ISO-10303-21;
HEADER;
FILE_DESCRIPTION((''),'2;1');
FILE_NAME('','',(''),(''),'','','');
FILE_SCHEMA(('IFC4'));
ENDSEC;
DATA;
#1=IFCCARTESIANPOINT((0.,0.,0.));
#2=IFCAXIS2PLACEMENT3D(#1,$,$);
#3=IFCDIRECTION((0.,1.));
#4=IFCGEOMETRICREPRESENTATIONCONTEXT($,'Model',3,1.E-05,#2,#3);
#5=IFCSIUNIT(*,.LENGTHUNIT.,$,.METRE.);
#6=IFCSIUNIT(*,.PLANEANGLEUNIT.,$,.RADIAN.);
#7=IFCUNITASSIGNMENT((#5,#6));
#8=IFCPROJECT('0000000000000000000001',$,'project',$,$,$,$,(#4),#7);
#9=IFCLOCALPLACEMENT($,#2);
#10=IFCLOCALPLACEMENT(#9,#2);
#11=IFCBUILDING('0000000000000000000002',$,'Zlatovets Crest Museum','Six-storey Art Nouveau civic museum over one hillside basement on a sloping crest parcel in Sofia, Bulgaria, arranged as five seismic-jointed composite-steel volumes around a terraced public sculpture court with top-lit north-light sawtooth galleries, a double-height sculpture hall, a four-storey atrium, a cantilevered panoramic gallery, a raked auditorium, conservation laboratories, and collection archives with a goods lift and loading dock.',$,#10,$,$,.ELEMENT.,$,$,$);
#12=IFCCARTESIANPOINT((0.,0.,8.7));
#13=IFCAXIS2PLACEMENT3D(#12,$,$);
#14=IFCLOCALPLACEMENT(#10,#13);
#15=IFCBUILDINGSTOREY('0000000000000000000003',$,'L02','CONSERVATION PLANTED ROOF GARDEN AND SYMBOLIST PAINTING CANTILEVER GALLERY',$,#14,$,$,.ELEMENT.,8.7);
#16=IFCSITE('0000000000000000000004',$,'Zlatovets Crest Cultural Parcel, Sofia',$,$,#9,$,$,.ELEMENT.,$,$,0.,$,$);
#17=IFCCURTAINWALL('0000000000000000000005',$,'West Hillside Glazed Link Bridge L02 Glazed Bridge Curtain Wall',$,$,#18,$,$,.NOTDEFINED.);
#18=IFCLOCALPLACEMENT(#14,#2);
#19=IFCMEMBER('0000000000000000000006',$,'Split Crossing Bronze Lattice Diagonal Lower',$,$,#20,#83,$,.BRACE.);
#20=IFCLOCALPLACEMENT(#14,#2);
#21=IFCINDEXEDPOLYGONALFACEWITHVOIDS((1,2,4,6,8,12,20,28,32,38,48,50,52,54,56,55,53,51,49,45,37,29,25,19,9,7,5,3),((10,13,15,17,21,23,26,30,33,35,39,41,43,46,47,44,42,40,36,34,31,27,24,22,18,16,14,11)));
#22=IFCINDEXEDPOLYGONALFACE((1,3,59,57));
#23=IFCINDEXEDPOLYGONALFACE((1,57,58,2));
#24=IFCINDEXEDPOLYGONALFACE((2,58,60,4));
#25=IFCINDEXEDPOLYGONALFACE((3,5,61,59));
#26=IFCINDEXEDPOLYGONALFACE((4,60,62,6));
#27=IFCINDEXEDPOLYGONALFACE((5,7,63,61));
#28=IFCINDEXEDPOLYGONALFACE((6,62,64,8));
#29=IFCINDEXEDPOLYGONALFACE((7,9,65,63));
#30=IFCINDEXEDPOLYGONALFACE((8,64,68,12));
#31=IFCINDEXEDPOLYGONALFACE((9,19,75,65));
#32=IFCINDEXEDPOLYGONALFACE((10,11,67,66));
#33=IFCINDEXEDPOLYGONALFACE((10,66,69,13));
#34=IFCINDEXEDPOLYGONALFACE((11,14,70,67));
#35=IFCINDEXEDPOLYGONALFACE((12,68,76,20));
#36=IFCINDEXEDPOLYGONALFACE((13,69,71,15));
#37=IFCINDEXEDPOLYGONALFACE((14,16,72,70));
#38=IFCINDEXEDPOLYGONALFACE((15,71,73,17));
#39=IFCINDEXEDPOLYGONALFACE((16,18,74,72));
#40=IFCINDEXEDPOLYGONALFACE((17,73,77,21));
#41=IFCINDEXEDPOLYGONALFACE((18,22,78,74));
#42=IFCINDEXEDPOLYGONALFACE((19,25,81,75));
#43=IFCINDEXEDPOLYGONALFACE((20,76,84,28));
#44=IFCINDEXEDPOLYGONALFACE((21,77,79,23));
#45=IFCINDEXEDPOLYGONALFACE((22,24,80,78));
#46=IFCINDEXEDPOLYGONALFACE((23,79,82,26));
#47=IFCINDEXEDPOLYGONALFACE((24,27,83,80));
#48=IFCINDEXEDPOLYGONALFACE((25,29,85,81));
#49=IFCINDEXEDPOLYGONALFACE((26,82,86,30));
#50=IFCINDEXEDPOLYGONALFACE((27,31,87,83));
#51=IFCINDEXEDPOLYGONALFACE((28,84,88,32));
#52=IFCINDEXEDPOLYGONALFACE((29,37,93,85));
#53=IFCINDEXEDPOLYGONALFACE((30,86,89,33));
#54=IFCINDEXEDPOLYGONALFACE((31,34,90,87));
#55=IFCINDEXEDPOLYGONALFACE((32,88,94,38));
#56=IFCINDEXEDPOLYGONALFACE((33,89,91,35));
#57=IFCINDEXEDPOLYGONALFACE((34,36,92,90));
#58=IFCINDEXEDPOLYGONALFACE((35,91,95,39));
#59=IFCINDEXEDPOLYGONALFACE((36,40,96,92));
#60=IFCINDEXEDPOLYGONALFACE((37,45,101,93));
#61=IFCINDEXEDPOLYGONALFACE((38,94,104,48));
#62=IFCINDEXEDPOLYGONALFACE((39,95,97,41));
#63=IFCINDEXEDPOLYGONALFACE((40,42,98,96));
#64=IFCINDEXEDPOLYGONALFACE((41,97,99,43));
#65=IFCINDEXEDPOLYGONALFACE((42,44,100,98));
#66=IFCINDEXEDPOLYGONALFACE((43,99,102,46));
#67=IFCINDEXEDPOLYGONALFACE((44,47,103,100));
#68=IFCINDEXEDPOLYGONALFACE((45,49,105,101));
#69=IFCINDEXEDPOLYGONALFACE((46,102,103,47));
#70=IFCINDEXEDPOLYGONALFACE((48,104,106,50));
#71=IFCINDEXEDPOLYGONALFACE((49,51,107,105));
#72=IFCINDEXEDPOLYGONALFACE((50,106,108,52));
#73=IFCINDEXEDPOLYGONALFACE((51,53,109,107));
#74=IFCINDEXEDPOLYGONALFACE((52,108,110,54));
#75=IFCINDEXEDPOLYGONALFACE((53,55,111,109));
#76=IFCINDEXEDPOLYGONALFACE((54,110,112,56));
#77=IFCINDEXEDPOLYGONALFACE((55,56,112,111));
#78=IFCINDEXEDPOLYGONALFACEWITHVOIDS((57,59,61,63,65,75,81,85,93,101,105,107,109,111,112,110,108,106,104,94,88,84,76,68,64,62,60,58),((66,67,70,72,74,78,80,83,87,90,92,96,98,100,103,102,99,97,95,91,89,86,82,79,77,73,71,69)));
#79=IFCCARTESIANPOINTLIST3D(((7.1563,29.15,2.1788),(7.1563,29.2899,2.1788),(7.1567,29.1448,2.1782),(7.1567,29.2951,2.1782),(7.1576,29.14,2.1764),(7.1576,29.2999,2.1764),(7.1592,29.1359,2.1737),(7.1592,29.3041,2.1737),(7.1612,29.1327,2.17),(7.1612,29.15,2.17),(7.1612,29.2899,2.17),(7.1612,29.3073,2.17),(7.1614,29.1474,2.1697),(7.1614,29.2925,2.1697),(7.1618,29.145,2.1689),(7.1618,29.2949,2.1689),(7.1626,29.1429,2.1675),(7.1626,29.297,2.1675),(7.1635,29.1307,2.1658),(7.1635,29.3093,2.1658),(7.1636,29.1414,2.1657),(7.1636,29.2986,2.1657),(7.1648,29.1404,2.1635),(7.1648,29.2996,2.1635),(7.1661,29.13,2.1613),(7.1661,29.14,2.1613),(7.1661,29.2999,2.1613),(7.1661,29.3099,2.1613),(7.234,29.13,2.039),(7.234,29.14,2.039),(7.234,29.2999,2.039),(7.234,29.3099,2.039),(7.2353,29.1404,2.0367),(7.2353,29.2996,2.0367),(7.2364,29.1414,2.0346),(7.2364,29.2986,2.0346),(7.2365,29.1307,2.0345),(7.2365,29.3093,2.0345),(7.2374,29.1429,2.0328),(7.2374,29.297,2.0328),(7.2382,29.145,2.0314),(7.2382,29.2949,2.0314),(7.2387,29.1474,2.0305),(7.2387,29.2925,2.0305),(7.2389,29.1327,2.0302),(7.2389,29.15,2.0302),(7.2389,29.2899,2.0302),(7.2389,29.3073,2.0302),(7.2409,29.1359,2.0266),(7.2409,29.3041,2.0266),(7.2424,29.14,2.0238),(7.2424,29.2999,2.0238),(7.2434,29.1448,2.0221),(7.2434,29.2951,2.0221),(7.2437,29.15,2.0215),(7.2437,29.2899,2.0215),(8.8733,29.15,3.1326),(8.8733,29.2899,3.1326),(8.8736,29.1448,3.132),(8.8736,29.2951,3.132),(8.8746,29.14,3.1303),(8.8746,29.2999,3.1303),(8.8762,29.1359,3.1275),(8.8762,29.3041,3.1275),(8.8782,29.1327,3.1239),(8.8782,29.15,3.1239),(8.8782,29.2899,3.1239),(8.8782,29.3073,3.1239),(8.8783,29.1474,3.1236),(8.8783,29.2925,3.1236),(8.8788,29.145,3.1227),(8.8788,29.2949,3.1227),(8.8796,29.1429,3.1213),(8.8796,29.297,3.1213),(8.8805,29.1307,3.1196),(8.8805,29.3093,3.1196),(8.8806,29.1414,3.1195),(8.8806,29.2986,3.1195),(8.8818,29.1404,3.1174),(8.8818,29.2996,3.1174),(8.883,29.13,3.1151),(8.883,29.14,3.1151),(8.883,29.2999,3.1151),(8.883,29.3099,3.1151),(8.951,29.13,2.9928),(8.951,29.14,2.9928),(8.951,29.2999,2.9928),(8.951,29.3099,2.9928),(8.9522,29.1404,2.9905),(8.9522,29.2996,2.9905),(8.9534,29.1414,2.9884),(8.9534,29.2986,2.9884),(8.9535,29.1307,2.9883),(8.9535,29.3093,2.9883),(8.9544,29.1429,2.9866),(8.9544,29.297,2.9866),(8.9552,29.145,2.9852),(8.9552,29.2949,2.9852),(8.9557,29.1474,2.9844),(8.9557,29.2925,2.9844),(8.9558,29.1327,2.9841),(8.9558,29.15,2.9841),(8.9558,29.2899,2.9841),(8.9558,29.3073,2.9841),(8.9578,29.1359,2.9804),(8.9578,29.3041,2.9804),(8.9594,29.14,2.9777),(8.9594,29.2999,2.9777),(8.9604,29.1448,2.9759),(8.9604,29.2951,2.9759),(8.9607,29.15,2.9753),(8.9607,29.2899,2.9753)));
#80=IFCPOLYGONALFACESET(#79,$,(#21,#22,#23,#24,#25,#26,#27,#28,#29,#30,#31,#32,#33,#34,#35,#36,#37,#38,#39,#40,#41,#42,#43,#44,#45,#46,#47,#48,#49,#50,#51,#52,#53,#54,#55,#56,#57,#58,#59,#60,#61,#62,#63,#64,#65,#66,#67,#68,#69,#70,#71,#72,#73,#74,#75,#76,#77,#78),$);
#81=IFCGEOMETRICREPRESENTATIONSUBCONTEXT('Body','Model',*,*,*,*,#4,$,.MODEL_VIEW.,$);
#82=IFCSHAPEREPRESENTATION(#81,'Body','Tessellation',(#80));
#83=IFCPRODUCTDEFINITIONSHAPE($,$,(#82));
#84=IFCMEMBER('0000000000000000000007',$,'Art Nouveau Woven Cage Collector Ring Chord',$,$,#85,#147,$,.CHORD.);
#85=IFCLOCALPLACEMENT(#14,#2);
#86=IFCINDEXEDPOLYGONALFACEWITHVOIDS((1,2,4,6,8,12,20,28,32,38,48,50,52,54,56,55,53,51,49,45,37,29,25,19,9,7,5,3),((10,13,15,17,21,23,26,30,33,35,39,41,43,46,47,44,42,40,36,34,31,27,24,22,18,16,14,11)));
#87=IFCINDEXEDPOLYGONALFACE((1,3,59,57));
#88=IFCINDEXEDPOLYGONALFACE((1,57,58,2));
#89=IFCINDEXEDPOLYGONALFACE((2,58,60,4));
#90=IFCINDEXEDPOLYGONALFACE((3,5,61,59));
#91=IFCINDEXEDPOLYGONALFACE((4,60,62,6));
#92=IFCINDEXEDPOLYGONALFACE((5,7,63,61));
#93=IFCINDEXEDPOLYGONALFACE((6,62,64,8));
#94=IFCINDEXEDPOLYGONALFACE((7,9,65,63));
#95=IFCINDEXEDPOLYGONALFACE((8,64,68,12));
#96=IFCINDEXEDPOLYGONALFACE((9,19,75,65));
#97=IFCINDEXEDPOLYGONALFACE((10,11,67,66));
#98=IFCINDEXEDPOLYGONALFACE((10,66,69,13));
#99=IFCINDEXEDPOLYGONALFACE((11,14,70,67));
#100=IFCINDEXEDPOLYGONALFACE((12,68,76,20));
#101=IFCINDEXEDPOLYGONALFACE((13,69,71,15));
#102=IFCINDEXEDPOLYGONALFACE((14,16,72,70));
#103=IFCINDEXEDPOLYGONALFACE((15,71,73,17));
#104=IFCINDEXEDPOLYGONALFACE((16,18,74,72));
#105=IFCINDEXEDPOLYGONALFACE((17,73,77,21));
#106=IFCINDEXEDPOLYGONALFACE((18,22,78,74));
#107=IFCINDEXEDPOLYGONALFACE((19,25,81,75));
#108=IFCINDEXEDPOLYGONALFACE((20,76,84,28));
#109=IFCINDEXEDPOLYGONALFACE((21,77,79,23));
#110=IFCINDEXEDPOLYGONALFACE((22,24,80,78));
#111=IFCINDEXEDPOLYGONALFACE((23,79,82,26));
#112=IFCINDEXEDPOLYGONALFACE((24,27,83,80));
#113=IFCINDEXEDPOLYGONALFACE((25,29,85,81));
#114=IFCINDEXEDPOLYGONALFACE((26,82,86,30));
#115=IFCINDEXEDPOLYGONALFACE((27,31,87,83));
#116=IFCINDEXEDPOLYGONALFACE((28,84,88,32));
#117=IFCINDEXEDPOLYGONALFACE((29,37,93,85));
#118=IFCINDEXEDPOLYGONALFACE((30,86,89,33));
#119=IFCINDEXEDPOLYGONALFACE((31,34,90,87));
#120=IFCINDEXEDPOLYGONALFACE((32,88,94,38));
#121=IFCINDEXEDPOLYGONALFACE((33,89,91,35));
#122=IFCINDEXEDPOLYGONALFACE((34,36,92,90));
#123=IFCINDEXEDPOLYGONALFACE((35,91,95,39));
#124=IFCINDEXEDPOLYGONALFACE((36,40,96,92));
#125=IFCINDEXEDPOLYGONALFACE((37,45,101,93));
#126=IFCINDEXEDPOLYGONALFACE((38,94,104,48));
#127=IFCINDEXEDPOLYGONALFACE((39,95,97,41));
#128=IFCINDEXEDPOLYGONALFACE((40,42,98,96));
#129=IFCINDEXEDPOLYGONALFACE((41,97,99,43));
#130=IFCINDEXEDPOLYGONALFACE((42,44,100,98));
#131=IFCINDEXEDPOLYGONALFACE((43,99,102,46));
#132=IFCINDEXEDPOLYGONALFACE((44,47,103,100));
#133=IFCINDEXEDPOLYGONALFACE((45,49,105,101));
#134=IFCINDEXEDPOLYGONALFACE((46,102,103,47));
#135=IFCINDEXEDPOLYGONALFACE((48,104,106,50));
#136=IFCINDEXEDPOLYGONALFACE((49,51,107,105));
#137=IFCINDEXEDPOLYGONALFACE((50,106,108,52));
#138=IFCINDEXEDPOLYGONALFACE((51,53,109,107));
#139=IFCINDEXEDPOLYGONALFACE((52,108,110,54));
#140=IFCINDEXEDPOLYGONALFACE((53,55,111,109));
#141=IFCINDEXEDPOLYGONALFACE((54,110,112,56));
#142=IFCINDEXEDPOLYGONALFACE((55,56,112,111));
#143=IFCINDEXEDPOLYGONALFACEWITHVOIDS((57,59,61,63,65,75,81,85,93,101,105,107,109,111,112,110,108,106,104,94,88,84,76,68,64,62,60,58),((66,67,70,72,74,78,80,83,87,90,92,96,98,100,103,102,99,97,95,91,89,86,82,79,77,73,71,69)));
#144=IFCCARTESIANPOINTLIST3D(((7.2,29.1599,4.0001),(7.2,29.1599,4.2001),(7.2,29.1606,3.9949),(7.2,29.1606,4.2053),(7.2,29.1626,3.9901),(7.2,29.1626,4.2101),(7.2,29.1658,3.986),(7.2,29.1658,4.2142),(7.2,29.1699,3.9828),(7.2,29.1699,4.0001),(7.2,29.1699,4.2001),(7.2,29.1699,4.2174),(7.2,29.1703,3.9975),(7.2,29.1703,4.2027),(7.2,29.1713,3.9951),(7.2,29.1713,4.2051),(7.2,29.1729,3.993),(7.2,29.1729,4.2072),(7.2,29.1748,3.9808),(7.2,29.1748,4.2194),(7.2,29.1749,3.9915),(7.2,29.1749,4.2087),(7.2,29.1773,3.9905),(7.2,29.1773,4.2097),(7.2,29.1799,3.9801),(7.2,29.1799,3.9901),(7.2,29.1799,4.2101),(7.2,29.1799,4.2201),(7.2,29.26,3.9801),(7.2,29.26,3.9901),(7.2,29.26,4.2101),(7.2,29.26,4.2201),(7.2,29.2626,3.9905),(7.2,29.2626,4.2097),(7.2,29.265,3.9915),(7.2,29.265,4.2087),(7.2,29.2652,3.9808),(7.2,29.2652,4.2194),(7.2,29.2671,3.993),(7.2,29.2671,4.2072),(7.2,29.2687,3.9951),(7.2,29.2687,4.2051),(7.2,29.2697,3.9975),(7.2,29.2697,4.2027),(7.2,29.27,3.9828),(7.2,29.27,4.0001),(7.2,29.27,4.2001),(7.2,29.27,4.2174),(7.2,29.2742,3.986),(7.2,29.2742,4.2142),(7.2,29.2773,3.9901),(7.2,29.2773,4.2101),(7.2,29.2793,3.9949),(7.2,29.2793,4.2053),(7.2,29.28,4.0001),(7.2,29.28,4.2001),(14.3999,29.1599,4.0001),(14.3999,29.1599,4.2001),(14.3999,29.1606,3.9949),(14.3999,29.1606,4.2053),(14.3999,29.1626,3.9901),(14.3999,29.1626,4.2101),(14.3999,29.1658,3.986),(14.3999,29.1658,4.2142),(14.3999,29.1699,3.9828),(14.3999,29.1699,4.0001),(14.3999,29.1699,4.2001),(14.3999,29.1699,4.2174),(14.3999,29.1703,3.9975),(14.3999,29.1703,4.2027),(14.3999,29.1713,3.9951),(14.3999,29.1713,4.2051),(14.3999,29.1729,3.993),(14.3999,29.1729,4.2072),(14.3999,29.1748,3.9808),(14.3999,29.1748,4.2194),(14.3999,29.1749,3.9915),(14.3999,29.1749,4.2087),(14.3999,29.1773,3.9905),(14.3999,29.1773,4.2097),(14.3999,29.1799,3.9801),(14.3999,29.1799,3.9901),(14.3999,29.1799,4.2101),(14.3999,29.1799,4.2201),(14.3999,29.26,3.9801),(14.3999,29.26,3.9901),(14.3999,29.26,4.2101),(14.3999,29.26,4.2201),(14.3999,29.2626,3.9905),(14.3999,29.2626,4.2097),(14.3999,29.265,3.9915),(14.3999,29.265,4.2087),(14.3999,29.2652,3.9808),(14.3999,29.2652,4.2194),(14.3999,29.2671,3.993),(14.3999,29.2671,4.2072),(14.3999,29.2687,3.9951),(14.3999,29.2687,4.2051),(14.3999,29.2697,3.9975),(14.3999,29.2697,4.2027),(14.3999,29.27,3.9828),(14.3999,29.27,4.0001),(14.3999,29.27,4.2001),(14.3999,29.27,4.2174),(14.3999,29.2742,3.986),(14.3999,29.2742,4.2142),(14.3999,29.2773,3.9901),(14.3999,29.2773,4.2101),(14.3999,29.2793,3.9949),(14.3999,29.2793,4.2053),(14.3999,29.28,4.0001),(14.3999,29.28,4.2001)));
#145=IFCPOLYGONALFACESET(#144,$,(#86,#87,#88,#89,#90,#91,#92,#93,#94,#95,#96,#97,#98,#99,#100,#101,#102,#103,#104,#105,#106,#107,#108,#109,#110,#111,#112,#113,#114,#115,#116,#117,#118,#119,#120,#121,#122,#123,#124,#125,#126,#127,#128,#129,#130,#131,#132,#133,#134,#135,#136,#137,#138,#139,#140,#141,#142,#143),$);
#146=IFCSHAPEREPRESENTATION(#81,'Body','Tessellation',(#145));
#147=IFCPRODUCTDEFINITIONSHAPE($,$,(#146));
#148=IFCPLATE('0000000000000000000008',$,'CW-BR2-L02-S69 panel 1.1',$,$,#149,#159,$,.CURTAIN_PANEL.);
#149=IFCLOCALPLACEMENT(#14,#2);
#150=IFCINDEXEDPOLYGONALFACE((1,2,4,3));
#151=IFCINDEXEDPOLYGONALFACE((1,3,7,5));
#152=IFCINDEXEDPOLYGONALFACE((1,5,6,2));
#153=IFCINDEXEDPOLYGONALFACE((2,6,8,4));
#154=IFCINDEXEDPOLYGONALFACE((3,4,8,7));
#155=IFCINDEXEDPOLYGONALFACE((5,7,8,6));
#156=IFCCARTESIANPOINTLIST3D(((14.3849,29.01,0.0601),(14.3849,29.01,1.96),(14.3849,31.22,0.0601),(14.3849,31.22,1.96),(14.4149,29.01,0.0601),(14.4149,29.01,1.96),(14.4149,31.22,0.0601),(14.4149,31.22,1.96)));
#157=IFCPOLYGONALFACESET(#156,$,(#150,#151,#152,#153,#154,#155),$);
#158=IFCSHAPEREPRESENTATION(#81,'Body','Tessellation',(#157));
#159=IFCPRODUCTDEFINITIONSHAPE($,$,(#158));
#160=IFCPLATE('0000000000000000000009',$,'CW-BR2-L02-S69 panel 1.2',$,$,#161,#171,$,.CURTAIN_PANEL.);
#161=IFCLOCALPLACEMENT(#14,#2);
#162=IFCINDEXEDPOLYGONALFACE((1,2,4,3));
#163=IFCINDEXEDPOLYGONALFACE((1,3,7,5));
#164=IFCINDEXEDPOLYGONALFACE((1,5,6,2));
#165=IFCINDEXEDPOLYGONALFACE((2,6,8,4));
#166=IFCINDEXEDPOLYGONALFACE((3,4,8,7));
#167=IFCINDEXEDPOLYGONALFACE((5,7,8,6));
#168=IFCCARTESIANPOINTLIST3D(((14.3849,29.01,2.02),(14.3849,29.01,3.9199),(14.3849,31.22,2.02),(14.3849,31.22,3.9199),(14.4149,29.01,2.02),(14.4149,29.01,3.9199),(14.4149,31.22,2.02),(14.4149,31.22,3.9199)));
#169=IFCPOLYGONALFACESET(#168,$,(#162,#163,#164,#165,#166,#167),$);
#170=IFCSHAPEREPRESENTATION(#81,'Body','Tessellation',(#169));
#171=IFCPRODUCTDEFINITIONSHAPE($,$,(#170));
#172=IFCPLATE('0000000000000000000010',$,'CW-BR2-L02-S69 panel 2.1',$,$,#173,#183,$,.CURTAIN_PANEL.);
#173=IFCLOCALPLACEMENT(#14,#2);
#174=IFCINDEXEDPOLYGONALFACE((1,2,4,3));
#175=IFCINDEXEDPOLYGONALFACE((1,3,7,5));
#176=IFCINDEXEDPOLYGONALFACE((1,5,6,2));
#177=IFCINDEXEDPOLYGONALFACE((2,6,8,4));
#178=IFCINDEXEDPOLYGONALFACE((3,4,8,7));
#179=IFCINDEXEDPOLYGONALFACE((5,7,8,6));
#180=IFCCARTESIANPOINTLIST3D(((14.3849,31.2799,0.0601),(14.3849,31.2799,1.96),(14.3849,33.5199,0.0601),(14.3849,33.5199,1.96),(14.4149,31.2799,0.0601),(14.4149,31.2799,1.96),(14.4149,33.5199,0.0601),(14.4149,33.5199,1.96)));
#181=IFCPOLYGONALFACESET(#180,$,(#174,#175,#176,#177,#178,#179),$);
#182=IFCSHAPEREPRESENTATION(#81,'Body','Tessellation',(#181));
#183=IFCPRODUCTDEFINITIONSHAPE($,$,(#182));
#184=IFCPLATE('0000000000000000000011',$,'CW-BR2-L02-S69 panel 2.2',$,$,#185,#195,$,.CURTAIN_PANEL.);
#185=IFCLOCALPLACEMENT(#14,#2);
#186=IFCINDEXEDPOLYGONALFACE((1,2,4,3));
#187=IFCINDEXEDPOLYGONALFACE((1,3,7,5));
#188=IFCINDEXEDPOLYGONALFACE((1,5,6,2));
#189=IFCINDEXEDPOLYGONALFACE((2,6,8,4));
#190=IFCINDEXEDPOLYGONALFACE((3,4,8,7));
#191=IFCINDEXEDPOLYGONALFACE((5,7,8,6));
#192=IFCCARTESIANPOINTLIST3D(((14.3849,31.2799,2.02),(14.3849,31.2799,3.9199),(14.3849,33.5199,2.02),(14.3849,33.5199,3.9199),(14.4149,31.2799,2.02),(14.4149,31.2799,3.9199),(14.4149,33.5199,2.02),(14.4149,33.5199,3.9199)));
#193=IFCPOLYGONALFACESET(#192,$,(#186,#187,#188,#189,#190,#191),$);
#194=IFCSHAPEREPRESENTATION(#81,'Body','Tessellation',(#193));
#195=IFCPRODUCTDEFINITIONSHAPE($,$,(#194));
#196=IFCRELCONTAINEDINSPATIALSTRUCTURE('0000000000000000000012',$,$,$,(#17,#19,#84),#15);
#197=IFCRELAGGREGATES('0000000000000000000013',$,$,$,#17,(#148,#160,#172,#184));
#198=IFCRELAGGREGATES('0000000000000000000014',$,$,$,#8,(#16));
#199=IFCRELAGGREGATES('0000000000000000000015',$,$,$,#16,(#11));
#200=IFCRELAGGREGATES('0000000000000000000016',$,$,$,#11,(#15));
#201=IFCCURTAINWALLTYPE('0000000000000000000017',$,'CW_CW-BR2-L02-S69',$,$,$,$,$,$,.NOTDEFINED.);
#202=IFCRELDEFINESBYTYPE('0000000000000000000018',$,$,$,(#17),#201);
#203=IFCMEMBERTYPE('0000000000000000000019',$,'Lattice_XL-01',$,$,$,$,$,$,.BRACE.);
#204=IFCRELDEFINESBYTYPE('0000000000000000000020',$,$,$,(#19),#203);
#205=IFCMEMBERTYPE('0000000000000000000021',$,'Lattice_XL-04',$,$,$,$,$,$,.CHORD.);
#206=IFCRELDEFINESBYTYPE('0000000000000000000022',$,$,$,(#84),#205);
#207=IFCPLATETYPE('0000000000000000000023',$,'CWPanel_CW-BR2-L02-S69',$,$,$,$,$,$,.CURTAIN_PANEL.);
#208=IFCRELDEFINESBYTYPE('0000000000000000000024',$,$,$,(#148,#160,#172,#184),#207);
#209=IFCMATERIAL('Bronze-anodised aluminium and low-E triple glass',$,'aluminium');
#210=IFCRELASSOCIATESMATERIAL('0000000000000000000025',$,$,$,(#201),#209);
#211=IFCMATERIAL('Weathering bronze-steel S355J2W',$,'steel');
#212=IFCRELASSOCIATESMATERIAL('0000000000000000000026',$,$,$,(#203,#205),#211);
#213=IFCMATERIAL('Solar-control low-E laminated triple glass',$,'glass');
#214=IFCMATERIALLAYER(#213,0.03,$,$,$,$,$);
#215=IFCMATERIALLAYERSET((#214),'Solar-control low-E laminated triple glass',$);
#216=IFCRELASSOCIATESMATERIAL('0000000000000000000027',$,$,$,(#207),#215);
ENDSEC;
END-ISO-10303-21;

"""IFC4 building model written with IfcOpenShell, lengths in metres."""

from ifc_helpers import new_model, si_unit, direction, frame, origin, origin_2d, place, context, subcontext, project, spatial, rectangle, hollow_rectangle, extrude, material, layer, layer_set, material_profile, profile_set, type_object, element, aggregate, save


model = new_model("IFC4")

# Units and contexts
model_context = context("Model", 3, precision=1e-05, world=origin(), true_north=direction((0.0, 1.0)))
body_context = subcontext(model_context, "Body", "Model", "MODEL_VIEW")
ifc_project = project(units=[si_unit("LENGTHUNIT", "METRE"), si_unit("PLANEANGLEUNIT", "RADIAN")], contexts=[model_context])

# Site, building, storey
site_placement = place(None, origin())
site = spatial("IfcSite", under=ifc_project, at=site_placement, Name="Zlatovets Crest Cultural Parcel, Sofia", CompositionType="ELEMENT", RefElevation=0.0)
building_placement = place(site_placement, origin())
building = spatial("IfcBuilding", under=site, at=building_placement, Name="Zlatovets Crest Museum", Description="Six-storey Art Nouveau civic museum over one hillside basement on a sloping crest parcel in Sofia, Bulgaria, arranged as five seismic-jointed composite-steel volumes around a terraced public sculpture court with top-lit north-light sawtooth galleries, a double-height sculpture hall, a four-storey atrium, a cantilevered panoramic gallery, a raked auditorium, conservation laboratories, and collection archives with a goods lift and loading dock.", CompositionType="ELEMENT")
storey_placement = place(building_placement, frame((0.0, 0.0, 8.7)))
storey = spatial("IfcBuildingStorey", under=building, at=storey_placement, Name="L02", Description="CONSERVATION PLANTED ROOF GARDEN AND SYMBOLIST PAINTING CANTILEVER GALLERY", CompositionType="ELEMENT", Elevation=8.7)

# Curtain wall
ifc_material_1 = material(Name="Bronze-anodised aluminium and low-E triple glass", Category="aluminium")
curtain_wall_type = type_object("IfcCurtainWallType", Name="CW_CW-BR2-L02-S69", PredefinedType="NOTDEFINED", material=ifc_material_1)
curtain_wall_placement = place(storey_placement, origin())
curtain_wall = element("IfcCurtainWall", 1, at=curtain_wall_placement, inside=storey, type_object=curtain_wall_type, Name="West Hillside Glazed Link Bridge L02 Glazed Bridge Curtain Wall", PredefinedType="NOTDEFINED")

# Members
ifc_material_2 = material(Name="Weathering bronze-steel S355J2W", Category="steel")
ifc_material_profile_1 = material_profile(ifc_material_2, hollow_rectangle(XDim=0.1799, YDim=0.1799, WallThickness=0.01, InnerFilletRadius=0.01, OuterFilletRadius=0.02, at=origin_2d()), Name="SHS 180x180x10.0")
ifc_profile_set_1 = profile_set([ifc_material_profile_1], Name="Weathering bronze-steel S355J2W")
member_type_1 = type_object("IfcMemberType", Name="Lattice_XL-01", PredefinedType="BRACE", material=ifc_profile_set_1)
for number, where, z_axis, x_axis, name in (
    (2, (8.917, 29.22, 3.054), (-0.874169, 0.0, -0.485622), (0.0, -1.0, 0.0), "Split Crossing Bronze Lattice Diagonal Lower"),
):
    element("IfcMember", number, at=place(storey_placement, frame(where, z_axis=z_axis, x_axis=x_axis)), inside=storey, type_object=member_type_1, Name=name, PredefinedType="BRACE", context=body_context, shape_type="SweptSolid", body=[
        extrude(hollow_rectangle(XDim=0.1799, YDim=0.1799, WallThickness=0.01, InnerFilletRadius=0.01, OuterFilletRadius=0.02, at=origin_2d()), origin(), (0.0, 0.0, 1.0), 1.9641),
    ])
ifc_material_profile_2 = material_profile(ifc_material_2, hollow_rectangle(XDim=0.1201, YDim=0.24, WallThickness=0.01, InnerFilletRadius=0.01, OuterFilletRadius=0.02, at=origin_2d()), Name="RHS 120x240x10.0")
ifc_profile_set_2 = profile_set([ifc_material_profile_2], Name="Weathering bronze-steel S355J2W")
member_type_2 = type_object("IfcMemberType", Name="Lattice_XL-04", PredefinedType="CHORD", material=ifc_profile_set_2)
member_1_placement = place(storey_placement, frame((14.3999, 29.22, 4.1001), z_axis=(-1.0, 0.0, 0.0), x_axis=(0.0, -1.0, 0.0)))
element("IfcMember", 3, at=member_1_placement, inside=storey, type_object=member_type_2, Name="Art Nouveau Woven Cage Collector Ring Chord", PredefinedType="CHORD", context=body_context, shape_type="SweptSolid", body=[
    extrude(hollow_rectangle(XDim=0.1201, YDim=0.24, WallThickness=0.01, InnerFilletRadius=0.01, OuterFilletRadius=0.02, at=origin_2d()), origin(), (0.0, 0.0, 1.0), 7.2),
])

# Plates
ifc_material_3 = material(Name="Solar-control low-E laminated triple glass", Category="glass")
ifc_layer_1 = layer(ifc_material_3, 0.03)
ifc_layer_set_1 = layer_set([ifc_layer_1], Name="Solar-control low-E laminated triple glass")
plate_type_1 = type_object("IfcPlateType", Name="CWPanel_CW-BR2-L02-S69", PredefinedType="CURTAIN_PANEL", material=ifc_layer_set_1)
plate_1_placement = place(storey_placement, frame((14.3999, 30.115, 0.0601), z_axis=(0.0, 0.0, 1.0), x_axis=(0.0, 1.0, 0.0)))
plate_1 = element("IfcPlate", 4, at=plate_1_placement, type_object=plate_type_1, Name="CW-BR2-L02-S69 panel 1.1", PredefinedType="CURTAIN_PANEL", context=body_context, shape_type="SweptSolid", body=[
    extrude(rectangle(XDim=2.21, YDim=0.03, at=origin_2d()), origin(), (0.0, 0.0, 1.0), 1.8999),
])
plate_2_placement = place(storey_placement, frame((14.3999, 30.115, 2.02), z_axis=(0.0, 0.0, 1.0), x_axis=(0.0, 1.0, 0.0)))
plate_2 = element("IfcPlate", 5, at=plate_2_placement, type_object=plate_type_1, Name="CW-BR2-L02-S69 panel 1.2", PredefinedType="CURTAIN_PANEL", context=body_context, shape_type="SweptSolid", body=[
    extrude(rectangle(XDim=2.21, YDim=0.03, at=origin_2d()), origin(), (0.0, 0.0, 1.0), 1.8999),
])
plate_3_placement = place(storey_placement, frame((14.3999, 32.3999, 0.0601), z_axis=(0.0, 0.0, 1.0), x_axis=(0.0, 1.0, 0.0)))
plate_3 = element("IfcPlate", 6, at=plate_3_placement, type_object=plate_type_1, Name="CW-BR2-L02-S69 panel 2.1", PredefinedType="CURTAIN_PANEL", context=body_context, shape_type="SweptSolid", body=[
    extrude(rectangle(XDim=2.24, YDim=0.03, at=origin_2d()), origin(), (0.0, 0.0, 1.0), 1.8999),
])
plate_4_placement = place(storey_placement, frame((14.3999, 32.3999, 2.02), z_axis=(0.0, 0.0, 1.0), x_axis=(0.0, 1.0, 0.0)))
plate_4 = element("IfcPlate", 7, at=plate_4_placement, type_object=plate_type_1, Name="CW-BR2-L02-S69 panel 2.2", PredefinedType="CURTAIN_PANEL", context=body_context, shape_type="SweptSolid", body=[
    extrude(rectangle(XDim=2.24, YDim=0.03, at=origin_2d()), origin(), (0.0, 0.0, 1.0), 1.8999),
])
aggregate(curtain_wall, [plate_1, plate_2, plate_3, plate_4])

save(model, "model.ifc")
